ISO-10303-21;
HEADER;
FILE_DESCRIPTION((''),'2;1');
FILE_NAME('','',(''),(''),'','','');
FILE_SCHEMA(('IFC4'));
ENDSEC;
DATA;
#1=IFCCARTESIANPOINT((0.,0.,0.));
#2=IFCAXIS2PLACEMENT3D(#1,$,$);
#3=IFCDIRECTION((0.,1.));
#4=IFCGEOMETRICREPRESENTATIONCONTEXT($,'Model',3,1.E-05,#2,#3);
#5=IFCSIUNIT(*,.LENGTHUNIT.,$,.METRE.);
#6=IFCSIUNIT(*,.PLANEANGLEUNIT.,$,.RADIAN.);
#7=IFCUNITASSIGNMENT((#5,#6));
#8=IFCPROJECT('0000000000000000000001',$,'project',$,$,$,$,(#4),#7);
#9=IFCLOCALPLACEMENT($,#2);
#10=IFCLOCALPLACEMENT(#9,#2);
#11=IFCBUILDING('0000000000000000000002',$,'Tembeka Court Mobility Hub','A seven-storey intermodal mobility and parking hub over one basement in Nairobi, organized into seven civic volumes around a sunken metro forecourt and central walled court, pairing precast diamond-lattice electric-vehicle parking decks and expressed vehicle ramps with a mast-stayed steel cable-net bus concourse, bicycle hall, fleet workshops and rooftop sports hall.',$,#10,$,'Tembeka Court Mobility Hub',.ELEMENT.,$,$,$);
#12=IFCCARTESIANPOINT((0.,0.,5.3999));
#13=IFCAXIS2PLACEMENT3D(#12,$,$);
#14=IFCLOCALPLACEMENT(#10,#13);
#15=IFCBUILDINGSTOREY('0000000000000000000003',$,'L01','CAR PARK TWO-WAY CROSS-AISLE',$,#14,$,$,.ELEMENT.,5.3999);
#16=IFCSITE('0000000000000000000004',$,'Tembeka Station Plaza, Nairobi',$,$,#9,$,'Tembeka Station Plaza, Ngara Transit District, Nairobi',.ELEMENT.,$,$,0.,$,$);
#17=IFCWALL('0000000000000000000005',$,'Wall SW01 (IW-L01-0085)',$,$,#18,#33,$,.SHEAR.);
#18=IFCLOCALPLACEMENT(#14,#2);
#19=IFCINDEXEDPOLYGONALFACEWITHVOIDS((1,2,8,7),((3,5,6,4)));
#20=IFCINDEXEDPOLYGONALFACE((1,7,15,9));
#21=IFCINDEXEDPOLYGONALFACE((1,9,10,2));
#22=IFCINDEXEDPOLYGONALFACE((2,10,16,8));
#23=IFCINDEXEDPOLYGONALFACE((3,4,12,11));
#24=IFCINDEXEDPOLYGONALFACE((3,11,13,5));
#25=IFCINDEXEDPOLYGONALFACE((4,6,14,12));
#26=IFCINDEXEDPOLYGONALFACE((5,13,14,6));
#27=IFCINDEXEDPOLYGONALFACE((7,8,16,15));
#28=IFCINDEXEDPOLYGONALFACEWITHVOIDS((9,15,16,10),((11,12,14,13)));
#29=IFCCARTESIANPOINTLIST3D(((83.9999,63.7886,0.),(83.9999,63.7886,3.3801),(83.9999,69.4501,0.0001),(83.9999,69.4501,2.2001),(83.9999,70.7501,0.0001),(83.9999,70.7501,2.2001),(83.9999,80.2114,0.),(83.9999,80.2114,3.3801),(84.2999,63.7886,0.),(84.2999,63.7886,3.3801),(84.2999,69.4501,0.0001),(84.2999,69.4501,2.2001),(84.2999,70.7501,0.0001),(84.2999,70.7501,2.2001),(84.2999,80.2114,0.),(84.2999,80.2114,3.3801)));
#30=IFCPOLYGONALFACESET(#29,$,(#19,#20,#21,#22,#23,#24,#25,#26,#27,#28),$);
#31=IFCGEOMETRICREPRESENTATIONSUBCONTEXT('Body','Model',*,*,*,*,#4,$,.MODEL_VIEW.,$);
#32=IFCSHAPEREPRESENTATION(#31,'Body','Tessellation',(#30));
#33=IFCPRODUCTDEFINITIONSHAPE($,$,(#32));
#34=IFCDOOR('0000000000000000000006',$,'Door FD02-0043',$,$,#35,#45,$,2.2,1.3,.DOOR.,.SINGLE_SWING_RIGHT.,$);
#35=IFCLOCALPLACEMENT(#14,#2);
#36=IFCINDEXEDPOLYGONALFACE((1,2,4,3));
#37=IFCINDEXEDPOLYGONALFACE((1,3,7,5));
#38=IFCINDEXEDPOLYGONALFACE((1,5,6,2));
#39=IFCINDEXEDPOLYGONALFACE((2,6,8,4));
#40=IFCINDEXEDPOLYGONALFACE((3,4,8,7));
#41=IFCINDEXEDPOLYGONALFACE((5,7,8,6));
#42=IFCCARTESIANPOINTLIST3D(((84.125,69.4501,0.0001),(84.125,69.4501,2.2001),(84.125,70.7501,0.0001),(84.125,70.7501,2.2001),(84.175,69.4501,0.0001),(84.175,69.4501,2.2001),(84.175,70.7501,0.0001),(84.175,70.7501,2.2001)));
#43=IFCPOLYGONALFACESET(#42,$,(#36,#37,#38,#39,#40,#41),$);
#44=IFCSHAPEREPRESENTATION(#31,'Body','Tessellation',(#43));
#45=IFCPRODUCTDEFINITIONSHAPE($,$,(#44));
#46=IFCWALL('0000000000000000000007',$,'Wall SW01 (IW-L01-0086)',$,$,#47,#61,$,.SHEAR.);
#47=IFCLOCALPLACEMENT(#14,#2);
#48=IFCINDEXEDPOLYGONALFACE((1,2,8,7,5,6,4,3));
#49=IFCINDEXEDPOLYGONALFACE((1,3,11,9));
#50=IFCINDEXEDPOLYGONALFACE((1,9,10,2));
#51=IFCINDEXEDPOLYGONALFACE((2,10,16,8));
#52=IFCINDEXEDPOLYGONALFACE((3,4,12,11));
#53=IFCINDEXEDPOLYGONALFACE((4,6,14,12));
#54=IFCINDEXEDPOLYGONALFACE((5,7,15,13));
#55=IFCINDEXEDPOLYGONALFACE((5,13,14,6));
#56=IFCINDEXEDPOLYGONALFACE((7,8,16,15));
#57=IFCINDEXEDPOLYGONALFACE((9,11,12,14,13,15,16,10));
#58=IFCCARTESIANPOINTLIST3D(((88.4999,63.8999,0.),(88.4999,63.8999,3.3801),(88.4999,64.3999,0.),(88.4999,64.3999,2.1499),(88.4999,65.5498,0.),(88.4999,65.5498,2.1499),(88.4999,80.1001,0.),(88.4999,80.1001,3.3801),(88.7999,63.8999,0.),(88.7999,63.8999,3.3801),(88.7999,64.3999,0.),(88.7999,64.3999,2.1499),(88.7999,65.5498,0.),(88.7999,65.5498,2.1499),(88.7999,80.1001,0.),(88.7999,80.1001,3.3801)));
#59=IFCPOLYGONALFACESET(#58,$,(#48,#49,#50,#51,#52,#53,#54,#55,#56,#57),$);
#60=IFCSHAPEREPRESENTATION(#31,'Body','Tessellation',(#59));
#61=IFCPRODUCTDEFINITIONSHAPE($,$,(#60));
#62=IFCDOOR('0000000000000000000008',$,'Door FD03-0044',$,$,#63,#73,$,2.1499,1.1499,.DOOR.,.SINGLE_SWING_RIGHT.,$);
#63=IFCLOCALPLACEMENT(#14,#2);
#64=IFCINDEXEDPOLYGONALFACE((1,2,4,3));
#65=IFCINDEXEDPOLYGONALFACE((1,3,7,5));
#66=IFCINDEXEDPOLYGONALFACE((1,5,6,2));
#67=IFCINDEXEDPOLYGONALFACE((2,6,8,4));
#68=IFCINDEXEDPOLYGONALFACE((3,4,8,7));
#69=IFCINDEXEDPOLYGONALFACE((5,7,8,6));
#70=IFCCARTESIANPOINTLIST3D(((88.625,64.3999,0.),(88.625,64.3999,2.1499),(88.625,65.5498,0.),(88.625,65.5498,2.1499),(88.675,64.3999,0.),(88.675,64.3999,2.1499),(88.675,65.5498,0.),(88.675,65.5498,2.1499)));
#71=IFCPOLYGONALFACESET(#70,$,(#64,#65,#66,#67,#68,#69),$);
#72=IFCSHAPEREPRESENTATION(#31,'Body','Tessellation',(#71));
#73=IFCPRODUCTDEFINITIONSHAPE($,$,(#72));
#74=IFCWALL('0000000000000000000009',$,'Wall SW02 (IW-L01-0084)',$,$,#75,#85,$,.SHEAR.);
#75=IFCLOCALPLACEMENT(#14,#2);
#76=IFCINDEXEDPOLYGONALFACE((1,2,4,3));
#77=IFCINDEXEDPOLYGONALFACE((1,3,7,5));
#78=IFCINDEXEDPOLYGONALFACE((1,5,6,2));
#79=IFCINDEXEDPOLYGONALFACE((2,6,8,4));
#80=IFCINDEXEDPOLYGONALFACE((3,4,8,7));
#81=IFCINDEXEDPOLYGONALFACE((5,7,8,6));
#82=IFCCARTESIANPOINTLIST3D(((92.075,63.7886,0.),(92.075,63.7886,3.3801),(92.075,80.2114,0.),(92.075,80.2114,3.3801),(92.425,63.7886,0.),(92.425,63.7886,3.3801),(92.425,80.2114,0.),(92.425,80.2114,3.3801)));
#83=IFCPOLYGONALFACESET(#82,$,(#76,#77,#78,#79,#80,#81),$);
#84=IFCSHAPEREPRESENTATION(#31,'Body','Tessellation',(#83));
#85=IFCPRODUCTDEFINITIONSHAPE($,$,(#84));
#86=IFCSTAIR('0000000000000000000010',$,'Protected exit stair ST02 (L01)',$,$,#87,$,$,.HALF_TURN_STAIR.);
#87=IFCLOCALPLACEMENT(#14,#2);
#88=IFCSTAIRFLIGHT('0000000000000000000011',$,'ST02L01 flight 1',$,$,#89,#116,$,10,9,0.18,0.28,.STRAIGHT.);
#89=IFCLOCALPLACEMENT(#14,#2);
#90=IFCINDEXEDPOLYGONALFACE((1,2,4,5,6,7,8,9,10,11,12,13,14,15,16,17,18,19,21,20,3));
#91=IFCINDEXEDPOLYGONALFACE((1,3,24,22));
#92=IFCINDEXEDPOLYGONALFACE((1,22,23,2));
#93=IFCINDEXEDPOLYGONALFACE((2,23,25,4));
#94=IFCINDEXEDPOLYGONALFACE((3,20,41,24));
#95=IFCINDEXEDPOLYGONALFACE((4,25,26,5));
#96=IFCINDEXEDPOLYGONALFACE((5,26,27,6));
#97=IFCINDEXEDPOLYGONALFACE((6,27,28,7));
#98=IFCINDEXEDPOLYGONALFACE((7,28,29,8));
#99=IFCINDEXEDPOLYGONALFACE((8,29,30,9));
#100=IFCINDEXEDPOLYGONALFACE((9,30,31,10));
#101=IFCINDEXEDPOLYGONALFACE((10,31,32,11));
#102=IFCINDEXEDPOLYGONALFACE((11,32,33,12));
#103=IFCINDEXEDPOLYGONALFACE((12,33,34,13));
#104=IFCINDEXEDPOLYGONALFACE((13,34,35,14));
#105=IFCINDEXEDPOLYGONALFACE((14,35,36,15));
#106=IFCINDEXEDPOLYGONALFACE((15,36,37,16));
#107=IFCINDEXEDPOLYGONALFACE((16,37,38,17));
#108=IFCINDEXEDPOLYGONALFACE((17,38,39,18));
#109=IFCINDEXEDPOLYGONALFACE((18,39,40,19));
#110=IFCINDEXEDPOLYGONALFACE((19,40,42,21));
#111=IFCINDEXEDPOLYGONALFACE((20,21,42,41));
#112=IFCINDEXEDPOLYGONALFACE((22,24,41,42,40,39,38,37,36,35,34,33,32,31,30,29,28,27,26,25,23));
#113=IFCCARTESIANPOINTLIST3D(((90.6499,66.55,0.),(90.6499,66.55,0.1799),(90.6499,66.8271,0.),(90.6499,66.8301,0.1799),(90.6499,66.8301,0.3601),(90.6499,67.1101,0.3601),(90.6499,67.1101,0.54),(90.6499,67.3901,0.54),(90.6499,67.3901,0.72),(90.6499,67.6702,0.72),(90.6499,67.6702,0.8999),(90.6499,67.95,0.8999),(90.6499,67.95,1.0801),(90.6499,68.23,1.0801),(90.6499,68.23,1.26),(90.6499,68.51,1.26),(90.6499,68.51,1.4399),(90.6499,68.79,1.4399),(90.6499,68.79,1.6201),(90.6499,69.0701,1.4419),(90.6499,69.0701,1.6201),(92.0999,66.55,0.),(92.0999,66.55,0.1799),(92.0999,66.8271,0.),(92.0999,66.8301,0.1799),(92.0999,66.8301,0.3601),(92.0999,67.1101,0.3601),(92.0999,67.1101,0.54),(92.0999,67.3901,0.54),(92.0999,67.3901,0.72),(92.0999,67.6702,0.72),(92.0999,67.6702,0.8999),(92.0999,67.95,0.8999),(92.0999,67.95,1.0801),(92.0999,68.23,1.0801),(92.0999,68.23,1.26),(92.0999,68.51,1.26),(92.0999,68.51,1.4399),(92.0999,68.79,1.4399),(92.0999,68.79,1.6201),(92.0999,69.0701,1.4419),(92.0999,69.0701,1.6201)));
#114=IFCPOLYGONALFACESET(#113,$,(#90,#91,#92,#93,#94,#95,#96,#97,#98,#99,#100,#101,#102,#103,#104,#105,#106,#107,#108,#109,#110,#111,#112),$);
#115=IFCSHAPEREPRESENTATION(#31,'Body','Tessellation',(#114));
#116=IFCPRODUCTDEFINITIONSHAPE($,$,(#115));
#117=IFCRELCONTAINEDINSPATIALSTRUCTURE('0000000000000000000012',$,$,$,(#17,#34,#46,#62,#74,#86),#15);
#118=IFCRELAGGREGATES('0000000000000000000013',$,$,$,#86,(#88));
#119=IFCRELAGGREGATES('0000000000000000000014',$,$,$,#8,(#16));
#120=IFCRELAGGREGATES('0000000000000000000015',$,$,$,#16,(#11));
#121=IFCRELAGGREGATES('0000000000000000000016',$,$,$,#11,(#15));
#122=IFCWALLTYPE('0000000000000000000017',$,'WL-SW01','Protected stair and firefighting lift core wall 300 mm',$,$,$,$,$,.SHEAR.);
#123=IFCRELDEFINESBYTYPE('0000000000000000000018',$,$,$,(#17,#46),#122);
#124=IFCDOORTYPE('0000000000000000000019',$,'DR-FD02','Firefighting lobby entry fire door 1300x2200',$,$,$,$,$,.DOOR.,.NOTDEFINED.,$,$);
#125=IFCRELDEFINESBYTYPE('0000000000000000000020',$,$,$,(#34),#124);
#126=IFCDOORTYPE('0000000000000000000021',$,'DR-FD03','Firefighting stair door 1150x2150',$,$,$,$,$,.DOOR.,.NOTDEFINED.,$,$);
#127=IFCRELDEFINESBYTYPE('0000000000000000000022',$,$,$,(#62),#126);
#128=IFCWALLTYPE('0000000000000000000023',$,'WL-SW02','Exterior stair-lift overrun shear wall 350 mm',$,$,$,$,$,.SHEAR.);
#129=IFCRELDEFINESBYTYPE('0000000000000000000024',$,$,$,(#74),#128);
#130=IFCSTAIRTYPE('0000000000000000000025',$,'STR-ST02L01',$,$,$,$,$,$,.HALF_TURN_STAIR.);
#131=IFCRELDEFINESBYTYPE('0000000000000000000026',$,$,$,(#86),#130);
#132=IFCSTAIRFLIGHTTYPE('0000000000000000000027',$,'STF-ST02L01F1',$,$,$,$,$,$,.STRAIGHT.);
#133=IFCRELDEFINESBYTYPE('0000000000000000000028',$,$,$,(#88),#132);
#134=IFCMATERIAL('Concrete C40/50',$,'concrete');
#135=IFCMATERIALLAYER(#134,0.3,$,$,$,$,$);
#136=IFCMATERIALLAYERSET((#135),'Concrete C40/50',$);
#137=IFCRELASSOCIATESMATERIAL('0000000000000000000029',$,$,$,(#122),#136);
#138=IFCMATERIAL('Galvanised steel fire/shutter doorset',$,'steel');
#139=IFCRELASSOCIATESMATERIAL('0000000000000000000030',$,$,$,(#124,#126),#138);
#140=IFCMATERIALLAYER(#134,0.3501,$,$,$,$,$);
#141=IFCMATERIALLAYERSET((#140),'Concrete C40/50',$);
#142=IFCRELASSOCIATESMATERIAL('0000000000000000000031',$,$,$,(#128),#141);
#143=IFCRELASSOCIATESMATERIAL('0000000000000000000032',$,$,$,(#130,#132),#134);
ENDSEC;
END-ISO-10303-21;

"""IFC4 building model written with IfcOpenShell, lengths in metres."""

from ifc_helpers import new_model, si_unit, direction, frame, frame_2d, origin, place, context, subcontext, project, spatial, polyline, rectangle, outline, extrude, material, layer, layer_set, type_object, element, fill, aggregate, save


model = new_model("IFC4")

# Units and contexts
model_context = context("Model", 3, precision=1e-05, world=origin(), true_north=direction((0.0, 1.0)))
body_context = subcontext(model_context, "Body", "Model", "MODEL_VIEW")
ifc_project = project(units=[si_unit("LENGTHUNIT", "METRE"), si_unit("PLANEANGLEUNIT", "RADIAN")], contexts=[model_context])

# Site, building, storey
site_placement = place(None, origin())
site = spatial("IfcSite", under=ifc_project, at=site_placement, Name="Tembeka Station Plaza, Nairobi", LongName="Tembeka Station Plaza, Ngara Transit District, Nairobi", CompositionType="ELEMENT", RefElevation=0.0)
building_placement = place(site_placement, origin())
building = spatial("IfcBuilding", under=site, at=building_placement, Name="Tembeka Court Mobility Hub", Description="A seven-storey intermodal mobility and parking hub over one basement in Nairobi, organized into seven civic volumes around a sunken metro forecourt and central walled court, pairing precast diamond-lattice electric-vehicle parking decks and expressed vehicle ramps with a mast-stayed steel cable-net bus concourse, bicycle hall, fleet workshops and rooftop sports hall.", LongName="Tembeka Court Mobility Hub", CompositionType="ELEMENT")
storey_placement = place(building_placement, frame((0.0, 0.0, 5.3999)))
storey = spatial("IfcBuildingStorey", under=building, at=storey_placement, Name="L01", Description="CAR PARK TWO-WAY CROSS-AISLE", CompositionType="ELEMENT", Elevation=5.3999)

# Shared definitions
ifc_material_1 = material(Name="Concrete C40/50", Category="concrete")
ifc_layer_1 = layer(ifc_material_1, 0.3)
ifc_layer_set_1 = layer_set([ifc_layer_1], Name="Concrete C40/50")
wall_type_1 = type_object("IfcWallType", Name="WL-SW01", Description="Protected stair and firefighting lift core wall 300 mm", PredefinedType="SHEAR", material=ifc_layer_set_1)

# Walls, openings, doors
wall_1_placement = place(storey_placement, frame((84.1499, 63.7886, 0.0), z_axis=(0.0, 0.0, 1.0), x_axis=(0.0, 1.0, 0.0)))
wall_1 = element("IfcWall", 1, at=wall_1_placement, inside=storey, type_object=wall_type_1, Name="Wall SW01 (IW-L01-0085)", PredefinedType="SHEAR", context=body_context, shape_type="SweptSolid", body=[
    extrude(rectangle(XDim=16.4229, YDim=0.3, at=frame_2d((8.2114, 0.0))), origin(), (0.0, 0.0, 1.0), 3.3801),
])
opening_1_placement = place(wall_1_placement, frame((5.6616, 0.0, 0.0)))
opening_1 = element("IfcOpeningElement", 2, at=opening_1_placement, cuts=wall_1, PredefinedType="OPENING", context=body_context, shape_type="SweptSolid", body=[
    extrude(rectangle(XDim=1.3, YDim=2.2, at=frame_2d((0.6499, 1.1001))), frame((0.0, 0.1602, 0.0), z_axis=(0.0, -1.0, 0.0), x_axis=(1.0, 0.0, 0.0)), (0.0, 0.0, 1.0), 0.3201),
])
ifc_material_2 = material(Name="Galvanised steel fire/shutter doorset", Category="steel")
door_type_1 = type_object("IfcDoorType", Name="DR-FD02", Description="Firefighting lobby entry fire door 1300x2200", OperationType="NOTDEFINED", PredefinedType="DOOR", material=ifc_material_2)
door_1_placement = place(opening_1_placement, origin())
door_1 = element("IfcDoor", 3, at=door_1_placement, inside=storey, type_object=door_type_1, Name="Door FD02-0043", OperationType="SINGLE_SWING_RIGHT", OverallHeight=2.2, OverallWidth=1.3, PredefinedType="DOOR", context=body_context, shape_type="SweptSolid", body=[
    extrude(rectangle(XDim=1.3, YDim=2.2, at=frame_2d((0.6499, 1.1001))), frame((0.0, 0.0249, 0.0), z_axis=(0.0, -1.0, 0.0), x_axis=(1.0, 0.0, 0.0)), (0.0, 0.0, 1.0), 0.05),
])
fill(opening_1, door_1)
wall_2_placement = place(storey_placement, frame((88.6499, 63.8999, 0.0), z_axis=(0.0, 0.0, 1.0), x_axis=(0.0, 1.0, 0.0)))
wall_2 = element("IfcWall", 4, at=wall_2_placement, inside=storey, type_object=wall_type_1, Name="Wall SW01 (IW-L01-0086)", PredefinedType="SHEAR", context=body_context, shape_type="SweptSolid", body=[
    extrude(rectangle(XDim=16.2002, YDim=0.3, at=frame_2d((8.1001, 0.0))), origin(), (0.0, 0.0, 1.0), 3.3801),
])
opening_2_placement = place(wall_2_placement, frame((0.5, 0.0, 0.0)))
opening_2 = element("IfcOpeningElement", 5, at=opening_2_placement, cuts=wall_2, PredefinedType="OPENING", context=body_context, shape_type="SweptSolid", body=[
    extrude(rectangle(XDim=1.1499, YDim=2.1499, at=frame_2d((0.575, 1.075))), frame((0.0, 0.1602, 0.0), z_axis=(0.0, -1.0, 0.0), x_axis=(1.0, 0.0, 0.0)), (0.0, 0.0, 1.0), 0.3201),
])
door_type_2 = type_object("IfcDoorType", Name="DR-FD03", Description="Firefighting stair door 1150x2150", OperationType="NOTDEFINED", PredefinedType="DOOR", material=ifc_material_2)
door_2_placement = place(opening_2_placement, origin())
door_2 = element("IfcDoor", 6, at=door_2_placement, inside=storey, type_object=door_type_2, Name="Door FD03-0044", OperationType="SINGLE_SWING_RIGHT", OverallHeight=2.1499, OverallWidth=1.1499, PredefinedType="DOOR", context=body_context, shape_type="SweptSolid", body=[
    extrude(rectangle(XDim=1.1499, YDim=2.1499, at=frame_2d((0.575, 1.075))), frame((0.0, 0.0249, 0.0), z_axis=(0.0, -1.0, 0.0), x_axis=(1.0, 0.0, 0.0)), (0.0, 0.0, 1.0), 0.05),
])
fill(opening_2, door_2)

# Wall
ifc_layer_2 = layer(ifc_material_1, 0.3501)
ifc_layer_set_2 = layer_set([ifc_layer_2], Name="Concrete C40/50")
wall_type_2 = type_object("IfcWallType", Name="WL-SW02", Description="Exterior stair-lift overrun shear wall 350 mm", PredefinedType="SHEAR", material=ifc_layer_set_2)
wall_3_placement = place(storey_placement, frame((92.25, 63.7886, 0.0), z_axis=(0.0, 0.0, 1.0), x_axis=(0.0, 1.0, 0.0)))
element("IfcWall", 7, at=wall_3_placement, inside=storey, type_object=wall_type_2, Name="Wall SW02 (IW-L01-0084)", PredefinedType="SHEAR", context=body_context, shape_type="SweptSolid", body=[
    extrude(rectangle(XDim=16.4229, YDim=0.3501, at=frame_2d((8.2114, 0.0))), origin(), (0.0, 0.0, 1.0), 3.3801),
])

# Stair, stair flight
stair_type = type_object("IfcStairType", Name="STR-ST02L01", PredefinedType="HALF_TURN_STAIR", material=ifc_material_1)
stair_placement = place(storey_placement, origin())
stair = element("IfcStair", 8, at=stair_placement, inside=storey, type_object=stair_type, Name="Protected exit stair ST02 (L01)", PredefinedType="HALF_TURN_STAIR")
stair_flight_type = type_object("IfcStairFlightType", Name="STF-ST02L01F1", PredefinedType="STRAIGHT", material=ifc_material_1)
stair_flight_placement = place(storey_placement, frame((91.375, 66.55, 0.0), z_axis=(0.0, 0.0, 1.0), x_axis=(0.0, 1.0, 0.0)))
stair_flight = element("IfcStairFlight", 9, at=stair_flight_placement, type_object=stair_flight_type, Name="ST02L01 flight 1", NumberOfRisers=10, NumberOfTreads=9, PredefinedType="STRAIGHT", RiserHeight=0.18, TreadLength=0.28, context=body_context, shape_type="SweptSolid", body=[
    extrude(outline(polyline([(0.0, 0.0), (0.0, 0.1799), (0.28, 0.1799), (0.28, 0.3601), (0.5601, 0.3601), (0.5601, 0.54), (0.8401, 0.54), (0.8401, 0.72), (1.1201, 0.72), (1.1201, 0.8999), (1.3999, 0.8999), (1.3999, 1.0801), (1.6799, 1.0801), (1.6799, 1.26), (1.96, 1.26), (1.96, 1.4399), (2.24, 1.4399), (2.24, 1.6201), (2.52, 1.6201), (2.52, 1.8), (2.52, 1.4419), (0.2771, 0.0), (0.0, 0.0)])), frame((0.0, 0.7251, 0.0), z_axis=(0.0, -1.0, 0.0), x_axis=(1.0, 0.0, 0.0)), (0.0, 0.0, 1.0), 1.45),
])
aggregate(stair, [stair_flight])

save(model, "model.ifc")
